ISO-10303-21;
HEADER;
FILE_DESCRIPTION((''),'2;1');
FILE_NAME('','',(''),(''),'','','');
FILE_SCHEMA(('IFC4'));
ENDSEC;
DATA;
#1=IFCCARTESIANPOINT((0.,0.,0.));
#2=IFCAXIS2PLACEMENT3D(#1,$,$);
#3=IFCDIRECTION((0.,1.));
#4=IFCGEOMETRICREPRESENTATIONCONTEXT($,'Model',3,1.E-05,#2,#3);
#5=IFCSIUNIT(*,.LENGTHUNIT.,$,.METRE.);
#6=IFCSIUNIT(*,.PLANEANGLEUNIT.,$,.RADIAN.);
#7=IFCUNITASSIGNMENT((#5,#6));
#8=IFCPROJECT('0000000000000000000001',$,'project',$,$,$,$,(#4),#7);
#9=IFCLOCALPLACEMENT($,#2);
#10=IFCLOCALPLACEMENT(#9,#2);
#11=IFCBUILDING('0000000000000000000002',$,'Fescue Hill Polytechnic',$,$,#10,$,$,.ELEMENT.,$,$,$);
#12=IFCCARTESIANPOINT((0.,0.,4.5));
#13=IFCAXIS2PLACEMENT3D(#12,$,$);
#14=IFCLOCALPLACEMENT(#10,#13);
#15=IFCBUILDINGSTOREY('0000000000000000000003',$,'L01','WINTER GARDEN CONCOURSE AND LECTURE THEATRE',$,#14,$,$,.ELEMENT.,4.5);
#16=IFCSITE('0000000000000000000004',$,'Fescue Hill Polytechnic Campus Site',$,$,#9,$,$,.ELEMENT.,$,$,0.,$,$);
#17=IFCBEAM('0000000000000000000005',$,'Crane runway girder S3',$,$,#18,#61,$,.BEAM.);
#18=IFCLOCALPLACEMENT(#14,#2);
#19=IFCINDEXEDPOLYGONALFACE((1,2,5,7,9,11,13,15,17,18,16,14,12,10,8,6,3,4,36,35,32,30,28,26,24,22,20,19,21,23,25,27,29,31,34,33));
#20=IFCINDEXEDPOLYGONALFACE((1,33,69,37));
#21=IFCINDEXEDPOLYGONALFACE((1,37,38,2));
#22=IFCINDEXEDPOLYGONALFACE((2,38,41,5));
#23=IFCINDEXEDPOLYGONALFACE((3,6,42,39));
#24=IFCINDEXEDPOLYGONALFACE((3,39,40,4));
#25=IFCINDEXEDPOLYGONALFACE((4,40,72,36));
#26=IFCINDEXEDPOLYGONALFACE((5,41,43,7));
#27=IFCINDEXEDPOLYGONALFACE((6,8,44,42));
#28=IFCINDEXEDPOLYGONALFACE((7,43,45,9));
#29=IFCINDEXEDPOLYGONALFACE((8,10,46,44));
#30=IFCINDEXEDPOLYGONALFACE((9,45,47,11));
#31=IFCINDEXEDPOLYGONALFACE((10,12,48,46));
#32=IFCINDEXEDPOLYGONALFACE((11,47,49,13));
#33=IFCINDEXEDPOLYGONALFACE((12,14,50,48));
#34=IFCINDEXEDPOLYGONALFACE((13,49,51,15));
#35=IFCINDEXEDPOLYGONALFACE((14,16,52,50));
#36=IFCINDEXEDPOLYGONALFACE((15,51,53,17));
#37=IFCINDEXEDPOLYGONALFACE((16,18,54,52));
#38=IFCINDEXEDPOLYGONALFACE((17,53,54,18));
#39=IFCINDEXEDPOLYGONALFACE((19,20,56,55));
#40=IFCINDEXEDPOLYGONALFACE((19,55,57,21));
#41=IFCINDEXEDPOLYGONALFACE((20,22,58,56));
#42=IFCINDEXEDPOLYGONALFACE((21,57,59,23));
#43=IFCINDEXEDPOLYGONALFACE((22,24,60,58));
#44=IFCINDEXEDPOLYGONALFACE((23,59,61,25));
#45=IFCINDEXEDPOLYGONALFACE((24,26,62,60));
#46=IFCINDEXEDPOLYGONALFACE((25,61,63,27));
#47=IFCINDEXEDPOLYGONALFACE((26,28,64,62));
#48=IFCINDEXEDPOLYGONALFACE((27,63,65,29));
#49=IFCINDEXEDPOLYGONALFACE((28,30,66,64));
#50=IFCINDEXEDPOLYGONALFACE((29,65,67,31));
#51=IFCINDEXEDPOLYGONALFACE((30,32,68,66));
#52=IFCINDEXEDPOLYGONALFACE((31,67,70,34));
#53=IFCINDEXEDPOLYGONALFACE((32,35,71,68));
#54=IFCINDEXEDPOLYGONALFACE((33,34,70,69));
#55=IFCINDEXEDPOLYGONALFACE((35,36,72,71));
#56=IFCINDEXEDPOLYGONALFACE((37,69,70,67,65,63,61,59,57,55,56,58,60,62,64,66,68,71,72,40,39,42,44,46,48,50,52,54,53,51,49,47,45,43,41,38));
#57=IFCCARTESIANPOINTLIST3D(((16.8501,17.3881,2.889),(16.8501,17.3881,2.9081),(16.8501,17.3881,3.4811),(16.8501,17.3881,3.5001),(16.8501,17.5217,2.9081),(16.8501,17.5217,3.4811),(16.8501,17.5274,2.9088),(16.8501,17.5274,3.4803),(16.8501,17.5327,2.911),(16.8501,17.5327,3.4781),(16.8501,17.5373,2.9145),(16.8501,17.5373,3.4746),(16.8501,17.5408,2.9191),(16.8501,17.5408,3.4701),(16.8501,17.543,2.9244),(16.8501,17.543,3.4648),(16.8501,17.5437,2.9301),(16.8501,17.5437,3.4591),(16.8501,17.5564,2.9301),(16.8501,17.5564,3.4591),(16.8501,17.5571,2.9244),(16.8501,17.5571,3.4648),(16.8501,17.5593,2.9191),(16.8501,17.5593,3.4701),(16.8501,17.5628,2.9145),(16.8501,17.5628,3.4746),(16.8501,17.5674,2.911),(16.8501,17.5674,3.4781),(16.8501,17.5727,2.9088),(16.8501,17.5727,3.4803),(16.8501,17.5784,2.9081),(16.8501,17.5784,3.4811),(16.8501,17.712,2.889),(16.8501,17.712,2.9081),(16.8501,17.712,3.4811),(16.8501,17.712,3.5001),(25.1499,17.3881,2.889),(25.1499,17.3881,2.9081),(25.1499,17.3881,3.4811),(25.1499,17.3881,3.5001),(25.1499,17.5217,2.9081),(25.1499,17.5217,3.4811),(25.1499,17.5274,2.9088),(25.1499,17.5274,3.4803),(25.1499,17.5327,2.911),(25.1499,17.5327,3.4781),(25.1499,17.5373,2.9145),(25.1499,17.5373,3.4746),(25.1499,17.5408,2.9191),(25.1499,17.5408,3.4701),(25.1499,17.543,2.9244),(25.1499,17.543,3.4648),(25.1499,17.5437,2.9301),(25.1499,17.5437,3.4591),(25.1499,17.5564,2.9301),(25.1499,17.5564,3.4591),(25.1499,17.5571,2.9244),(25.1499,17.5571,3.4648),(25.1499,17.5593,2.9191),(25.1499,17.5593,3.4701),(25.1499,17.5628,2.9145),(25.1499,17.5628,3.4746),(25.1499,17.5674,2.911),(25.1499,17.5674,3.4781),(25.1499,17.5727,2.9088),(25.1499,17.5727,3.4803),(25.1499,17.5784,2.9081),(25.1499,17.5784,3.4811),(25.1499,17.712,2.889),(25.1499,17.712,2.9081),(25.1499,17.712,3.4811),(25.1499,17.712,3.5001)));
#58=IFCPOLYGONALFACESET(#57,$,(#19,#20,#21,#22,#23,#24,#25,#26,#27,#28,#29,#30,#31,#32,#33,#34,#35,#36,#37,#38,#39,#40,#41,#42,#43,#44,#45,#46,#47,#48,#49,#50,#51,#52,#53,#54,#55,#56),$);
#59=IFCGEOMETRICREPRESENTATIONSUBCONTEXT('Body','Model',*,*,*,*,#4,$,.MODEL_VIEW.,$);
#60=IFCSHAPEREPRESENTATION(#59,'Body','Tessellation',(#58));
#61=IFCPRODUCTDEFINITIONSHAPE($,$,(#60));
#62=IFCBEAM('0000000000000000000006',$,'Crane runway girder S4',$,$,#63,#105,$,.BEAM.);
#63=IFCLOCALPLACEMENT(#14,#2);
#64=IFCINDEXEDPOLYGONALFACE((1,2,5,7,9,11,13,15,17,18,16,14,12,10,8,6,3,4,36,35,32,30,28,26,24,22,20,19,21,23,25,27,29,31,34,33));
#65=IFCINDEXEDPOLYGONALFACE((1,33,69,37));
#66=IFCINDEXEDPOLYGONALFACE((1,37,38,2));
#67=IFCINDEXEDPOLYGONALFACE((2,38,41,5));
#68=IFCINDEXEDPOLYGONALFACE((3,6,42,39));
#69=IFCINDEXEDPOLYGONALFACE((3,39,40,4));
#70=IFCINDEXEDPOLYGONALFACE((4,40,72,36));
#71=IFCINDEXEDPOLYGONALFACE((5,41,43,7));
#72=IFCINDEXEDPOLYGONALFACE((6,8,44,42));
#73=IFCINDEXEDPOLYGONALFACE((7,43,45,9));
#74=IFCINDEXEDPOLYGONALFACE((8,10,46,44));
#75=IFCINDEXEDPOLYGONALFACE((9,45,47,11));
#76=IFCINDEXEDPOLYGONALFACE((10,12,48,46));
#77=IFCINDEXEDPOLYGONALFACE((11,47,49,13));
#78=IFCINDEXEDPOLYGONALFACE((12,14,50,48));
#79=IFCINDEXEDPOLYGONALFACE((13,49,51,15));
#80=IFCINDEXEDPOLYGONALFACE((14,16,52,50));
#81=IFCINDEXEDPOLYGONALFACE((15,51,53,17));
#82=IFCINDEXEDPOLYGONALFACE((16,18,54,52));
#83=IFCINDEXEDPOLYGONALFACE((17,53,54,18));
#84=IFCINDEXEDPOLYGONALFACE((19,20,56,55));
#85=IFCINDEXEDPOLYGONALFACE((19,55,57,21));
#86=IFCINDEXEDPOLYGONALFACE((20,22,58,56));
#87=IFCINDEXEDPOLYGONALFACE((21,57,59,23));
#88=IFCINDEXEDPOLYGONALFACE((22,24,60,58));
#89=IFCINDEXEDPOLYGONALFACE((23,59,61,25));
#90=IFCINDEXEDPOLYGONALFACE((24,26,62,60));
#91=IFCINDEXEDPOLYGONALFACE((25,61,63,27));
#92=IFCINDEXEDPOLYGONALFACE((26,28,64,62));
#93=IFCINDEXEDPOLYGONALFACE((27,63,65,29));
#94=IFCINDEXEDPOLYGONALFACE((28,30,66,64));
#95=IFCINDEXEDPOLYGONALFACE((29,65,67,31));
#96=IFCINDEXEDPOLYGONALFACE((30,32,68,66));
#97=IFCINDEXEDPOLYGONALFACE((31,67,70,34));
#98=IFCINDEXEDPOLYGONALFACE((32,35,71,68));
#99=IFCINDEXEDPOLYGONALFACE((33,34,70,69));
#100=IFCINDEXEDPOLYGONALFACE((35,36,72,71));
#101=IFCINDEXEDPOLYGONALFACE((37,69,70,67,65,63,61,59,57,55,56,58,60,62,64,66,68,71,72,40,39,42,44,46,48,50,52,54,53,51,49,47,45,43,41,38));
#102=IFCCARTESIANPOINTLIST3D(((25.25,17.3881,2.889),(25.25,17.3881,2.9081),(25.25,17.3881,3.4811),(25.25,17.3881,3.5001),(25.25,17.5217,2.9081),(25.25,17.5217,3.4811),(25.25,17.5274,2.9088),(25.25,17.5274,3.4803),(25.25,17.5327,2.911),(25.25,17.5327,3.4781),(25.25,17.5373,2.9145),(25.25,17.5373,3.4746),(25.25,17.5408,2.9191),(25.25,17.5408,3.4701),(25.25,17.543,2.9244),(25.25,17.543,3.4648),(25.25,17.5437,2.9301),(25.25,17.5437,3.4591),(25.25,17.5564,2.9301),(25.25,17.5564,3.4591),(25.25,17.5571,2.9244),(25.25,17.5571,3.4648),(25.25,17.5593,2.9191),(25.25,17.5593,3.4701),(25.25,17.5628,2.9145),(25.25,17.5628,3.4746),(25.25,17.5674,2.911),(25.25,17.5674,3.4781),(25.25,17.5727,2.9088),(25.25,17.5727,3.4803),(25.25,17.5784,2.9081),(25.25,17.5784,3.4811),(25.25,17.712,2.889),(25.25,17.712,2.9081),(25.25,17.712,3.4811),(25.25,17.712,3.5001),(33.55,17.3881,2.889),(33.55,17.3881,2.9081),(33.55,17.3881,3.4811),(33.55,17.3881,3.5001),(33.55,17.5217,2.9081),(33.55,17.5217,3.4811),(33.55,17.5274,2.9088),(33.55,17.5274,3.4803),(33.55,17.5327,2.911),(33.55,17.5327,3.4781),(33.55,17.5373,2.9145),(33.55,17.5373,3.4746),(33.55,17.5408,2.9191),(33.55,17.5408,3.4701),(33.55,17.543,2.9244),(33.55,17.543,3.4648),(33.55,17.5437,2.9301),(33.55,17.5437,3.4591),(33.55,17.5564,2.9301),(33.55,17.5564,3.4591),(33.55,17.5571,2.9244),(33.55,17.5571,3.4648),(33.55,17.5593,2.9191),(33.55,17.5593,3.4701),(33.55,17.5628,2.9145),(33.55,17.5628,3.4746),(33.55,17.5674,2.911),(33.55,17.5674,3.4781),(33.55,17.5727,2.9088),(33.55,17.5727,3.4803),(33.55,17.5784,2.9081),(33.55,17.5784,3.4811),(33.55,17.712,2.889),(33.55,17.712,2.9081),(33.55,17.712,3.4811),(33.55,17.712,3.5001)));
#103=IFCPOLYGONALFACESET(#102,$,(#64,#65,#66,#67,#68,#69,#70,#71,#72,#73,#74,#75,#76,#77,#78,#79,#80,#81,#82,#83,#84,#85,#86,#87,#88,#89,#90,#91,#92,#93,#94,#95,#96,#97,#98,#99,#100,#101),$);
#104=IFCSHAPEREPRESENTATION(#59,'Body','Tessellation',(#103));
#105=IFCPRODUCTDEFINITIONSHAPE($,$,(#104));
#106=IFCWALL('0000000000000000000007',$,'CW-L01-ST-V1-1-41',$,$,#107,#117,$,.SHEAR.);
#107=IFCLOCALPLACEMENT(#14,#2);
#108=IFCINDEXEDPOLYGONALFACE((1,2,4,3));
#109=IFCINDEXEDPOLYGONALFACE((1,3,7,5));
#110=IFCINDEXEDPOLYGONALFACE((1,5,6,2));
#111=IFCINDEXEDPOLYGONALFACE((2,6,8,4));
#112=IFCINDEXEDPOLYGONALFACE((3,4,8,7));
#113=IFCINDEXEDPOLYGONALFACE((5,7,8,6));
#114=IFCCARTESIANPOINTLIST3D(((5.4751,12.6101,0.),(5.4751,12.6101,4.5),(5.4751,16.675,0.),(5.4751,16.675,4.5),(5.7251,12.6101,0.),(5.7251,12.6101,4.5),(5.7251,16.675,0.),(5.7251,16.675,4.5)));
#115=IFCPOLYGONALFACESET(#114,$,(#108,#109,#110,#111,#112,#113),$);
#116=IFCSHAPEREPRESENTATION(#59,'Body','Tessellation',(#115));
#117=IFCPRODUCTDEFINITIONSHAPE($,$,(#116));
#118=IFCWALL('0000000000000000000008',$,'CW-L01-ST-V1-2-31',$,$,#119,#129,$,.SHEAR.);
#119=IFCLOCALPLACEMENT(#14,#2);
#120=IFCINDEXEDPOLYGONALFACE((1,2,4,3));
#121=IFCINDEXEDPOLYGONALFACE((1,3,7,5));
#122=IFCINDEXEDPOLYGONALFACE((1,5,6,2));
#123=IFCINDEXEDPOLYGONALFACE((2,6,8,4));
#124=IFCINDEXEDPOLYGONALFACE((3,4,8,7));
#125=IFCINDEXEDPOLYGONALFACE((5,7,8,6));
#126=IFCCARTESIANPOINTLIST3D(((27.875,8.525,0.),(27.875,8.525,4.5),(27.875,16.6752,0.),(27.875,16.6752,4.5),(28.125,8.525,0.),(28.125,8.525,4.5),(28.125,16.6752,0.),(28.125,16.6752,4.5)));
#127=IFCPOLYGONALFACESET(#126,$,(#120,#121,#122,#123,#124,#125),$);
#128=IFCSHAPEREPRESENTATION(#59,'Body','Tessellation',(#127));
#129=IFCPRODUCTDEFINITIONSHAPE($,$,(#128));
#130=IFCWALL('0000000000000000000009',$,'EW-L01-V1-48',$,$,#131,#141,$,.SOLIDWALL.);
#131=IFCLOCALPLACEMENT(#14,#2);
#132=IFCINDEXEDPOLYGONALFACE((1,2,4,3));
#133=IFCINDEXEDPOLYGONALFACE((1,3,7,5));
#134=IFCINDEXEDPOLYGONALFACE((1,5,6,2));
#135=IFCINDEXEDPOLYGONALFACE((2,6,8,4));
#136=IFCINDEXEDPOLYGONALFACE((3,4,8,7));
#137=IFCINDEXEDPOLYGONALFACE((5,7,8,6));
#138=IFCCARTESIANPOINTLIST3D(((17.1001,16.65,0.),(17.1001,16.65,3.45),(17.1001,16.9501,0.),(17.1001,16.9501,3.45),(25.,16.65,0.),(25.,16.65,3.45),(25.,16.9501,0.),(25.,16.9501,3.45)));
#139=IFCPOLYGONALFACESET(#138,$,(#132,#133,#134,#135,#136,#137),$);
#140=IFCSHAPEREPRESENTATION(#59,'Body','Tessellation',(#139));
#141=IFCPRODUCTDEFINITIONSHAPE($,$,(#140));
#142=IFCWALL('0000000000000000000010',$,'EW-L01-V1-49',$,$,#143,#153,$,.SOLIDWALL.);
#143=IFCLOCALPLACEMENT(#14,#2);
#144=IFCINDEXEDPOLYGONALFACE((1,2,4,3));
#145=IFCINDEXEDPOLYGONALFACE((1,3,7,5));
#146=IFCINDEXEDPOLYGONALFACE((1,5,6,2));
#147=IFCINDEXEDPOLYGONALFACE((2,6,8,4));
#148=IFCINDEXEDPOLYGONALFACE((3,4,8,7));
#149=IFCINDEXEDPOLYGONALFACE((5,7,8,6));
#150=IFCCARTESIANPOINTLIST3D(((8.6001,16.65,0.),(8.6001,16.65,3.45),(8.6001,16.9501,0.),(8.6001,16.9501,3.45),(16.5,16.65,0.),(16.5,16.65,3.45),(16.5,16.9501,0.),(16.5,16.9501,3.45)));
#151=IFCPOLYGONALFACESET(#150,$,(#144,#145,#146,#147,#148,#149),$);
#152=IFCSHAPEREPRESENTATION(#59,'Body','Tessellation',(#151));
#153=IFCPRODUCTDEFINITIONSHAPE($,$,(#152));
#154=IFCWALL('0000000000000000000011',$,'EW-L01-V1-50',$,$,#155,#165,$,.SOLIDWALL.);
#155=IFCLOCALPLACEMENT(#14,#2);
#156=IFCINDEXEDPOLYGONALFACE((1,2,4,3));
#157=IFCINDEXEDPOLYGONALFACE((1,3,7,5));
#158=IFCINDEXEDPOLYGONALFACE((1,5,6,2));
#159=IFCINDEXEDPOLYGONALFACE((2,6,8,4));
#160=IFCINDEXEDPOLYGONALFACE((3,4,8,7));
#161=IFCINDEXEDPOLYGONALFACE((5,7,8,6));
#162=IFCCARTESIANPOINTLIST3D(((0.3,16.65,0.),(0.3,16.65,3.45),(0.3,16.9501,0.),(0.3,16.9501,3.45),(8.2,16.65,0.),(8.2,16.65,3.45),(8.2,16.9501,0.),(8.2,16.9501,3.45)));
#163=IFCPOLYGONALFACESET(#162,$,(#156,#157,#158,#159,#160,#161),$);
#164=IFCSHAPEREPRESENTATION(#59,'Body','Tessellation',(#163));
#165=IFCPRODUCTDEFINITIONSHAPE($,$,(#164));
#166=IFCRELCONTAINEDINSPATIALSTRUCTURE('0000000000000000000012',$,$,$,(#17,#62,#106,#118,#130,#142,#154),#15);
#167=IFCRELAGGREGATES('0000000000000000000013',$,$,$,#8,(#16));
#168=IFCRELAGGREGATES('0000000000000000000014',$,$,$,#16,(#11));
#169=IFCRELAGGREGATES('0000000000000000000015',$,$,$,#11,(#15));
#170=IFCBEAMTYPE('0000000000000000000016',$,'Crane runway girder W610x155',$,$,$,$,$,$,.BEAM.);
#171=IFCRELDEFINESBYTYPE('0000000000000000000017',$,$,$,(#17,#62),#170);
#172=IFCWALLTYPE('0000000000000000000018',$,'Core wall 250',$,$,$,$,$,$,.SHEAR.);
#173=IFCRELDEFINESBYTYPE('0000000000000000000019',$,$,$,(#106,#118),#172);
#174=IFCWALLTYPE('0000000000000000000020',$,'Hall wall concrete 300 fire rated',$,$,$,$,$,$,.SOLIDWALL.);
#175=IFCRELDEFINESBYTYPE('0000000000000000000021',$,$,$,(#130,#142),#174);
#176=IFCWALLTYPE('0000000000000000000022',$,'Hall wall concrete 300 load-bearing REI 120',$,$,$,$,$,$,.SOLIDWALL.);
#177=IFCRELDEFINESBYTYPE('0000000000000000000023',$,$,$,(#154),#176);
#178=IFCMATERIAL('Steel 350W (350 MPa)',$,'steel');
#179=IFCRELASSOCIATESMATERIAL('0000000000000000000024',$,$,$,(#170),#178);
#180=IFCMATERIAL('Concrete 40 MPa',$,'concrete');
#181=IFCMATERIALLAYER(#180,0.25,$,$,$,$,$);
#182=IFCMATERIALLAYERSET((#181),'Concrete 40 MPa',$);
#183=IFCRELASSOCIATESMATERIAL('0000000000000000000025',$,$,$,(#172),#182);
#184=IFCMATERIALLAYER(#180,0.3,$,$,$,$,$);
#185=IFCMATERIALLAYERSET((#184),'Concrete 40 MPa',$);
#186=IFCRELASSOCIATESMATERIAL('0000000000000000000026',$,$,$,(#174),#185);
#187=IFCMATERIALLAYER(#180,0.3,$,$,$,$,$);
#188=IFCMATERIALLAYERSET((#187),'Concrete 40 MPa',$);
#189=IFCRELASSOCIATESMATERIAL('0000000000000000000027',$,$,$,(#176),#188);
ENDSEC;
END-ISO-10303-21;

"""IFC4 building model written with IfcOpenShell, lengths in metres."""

from ifc_helpers import new_model, si_unit, direction, frame, frame_2d, origin, origin_2d, place, context, subcontext, project, spatial, rectangle, i_section, extrude, material, layer, layer_set, material_profile, profile_set, type_object, element, save


model = new_model("IFC4")

# Units and contexts
model_context = context("Model", 3, precision=1e-05, world=origin(), true_north=direction((0.0, 1.0)))
body_context = subcontext(model_context, "Body", "Model", "MODEL_VIEW")
ifc_project = project(units=[si_unit("LENGTHUNIT", "METRE"), si_unit("PLANEANGLEUNIT", "RADIAN")], contexts=[model_context])

# Site, building, storey
site_placement = place(None, origin())
site = spatial("IfcSite", under=ifc_project, at=site_placement, Name="Fescue Hill Polytechnic Campus Site", CompositionType="ELEMENT", RefElevation=0.0)
building_placement = place(site_placement, origin())
building = spatial("IfcBuilding", under=site, at=building_placement, Name="Fescue Hill Polytechnic", CompositionType="ELEMENT")
storey_placement = place(building_placement, frame((0.0, 0.0, 4.5)))
storey = spatial("IfcBuildingStorey", under=building, at=storey_placement, Name="L01", Description="WINTER GARDEN CONCOURSE AND LECTURE THEATRE", CompositionType="ELEMENT", Elevation=4.5)

# Shared definitions
ifc_material_1 = material(Name="Concrete 40 MPa", Category="concrete")

# Beams
ifc_material_2 = material(Name="Steel 350W (350 MPa)", Category="steel")
ifc_material_profile_1 = material_profile(ifc_material_2, i_section(OverallWidth=0.324, OverallDepth=0.6111, WebThickness=0.0127, FlangeThickness=0.019, FilletRadius=0.022, at=origin_2d()), Name="W610x155")
ifc_profile_set_1 = profile_set([ifc_material_profile_1], Name="Steel 350W (350 MPa)")
beam_type_1 = type_object("IfcBeamType", Name="Crane runway girder W610x155", PredefinedType="BEAM", material=ifc_profile_set_1)
beam_1_placement = place(storey_placement, frame((16.8501, 17.55, 3.1946), z_axis=(1.0, 0.0, 0.0), x_axis=(0.0, 1.0, 0.0)))
element("IfcBeam", 1, at=beam_1_placement, inside=storey, type_object=beam_type_1, Name="Crane runway girder S3", PredefinedType="BEAM", context=body_context, shape_type="SweptSolid", body=[
    extrude(i_section(OverallWidth=0.324, OverallDepth=0.6111, WebThickness=0.0127, FlangeThickness=0.019, FilletRadius=0.022, at=origin_2d()), origin(), (0.0, 0.0, 1.0), 8.2998),
])
beam_2_placement = place(storey_placement, frame((25.25, 17.55, 3.1946), z_axis=(1.0, 0.0, 0.0), x_axis=(0.0, 1.0, 0.0)))
element("IfcBeam", 2, at=beam_2_placement, inside=storey, type_object=beam_type_1, Name="Crane runway girder S4", PredefinedType="BEAM", context=body_context, shape_type="SweptSolid", body=[
    extrude(i_section(OverallWidth=0.324, OverallDepth=0.6111, WebThickness=0.0127, FlangeThickness=0.019, FilletRadius=0.022, at=origin_2d()), origin(), (0.0, 0.0, 1.0), 8.3),
])

# Walls
ifc_layer_1 = layer(ifc_material_1, 0.25)
ifc_layer_set_1 = layer_set([ifc_layer_1], Name="Concrete 40 MPa")
wall_type_1 = type_object("IfcWallType", Name="Core wall 250", PredefinedType="SHEAR", material=ifc_layer_set_1)
wall_1_placement = place(storey_placement, frame((5.6001, 12.6101, 0.0), z_axis=(0.0, 0.0, 1.0), x_axis=(0.0, 1.0, 0.0)))
element("IfcWall", 3, at=wall_1_placement, inside=storey, type_object=wall_type_1, Name="CW-L01-ST-V1-1-41", PredefinedType="SHEAR", context=body_context, shape_type="SweptSolid", body=[
    extrude(rectangle(XDim=4.0649, YDim=0.25, at=frame_2d((2.0325, 0.0))), origin(), (0.0, 0.0, 1.0), 4.5),
])
wall_2_placement = place(storey_placement, frame((28.0, 8.5249, 0.0), z_axis=(0.0, 0.0, 1.0), x_axis=(0.0, 1.0, 0.0)))
element("IfcWall", 4, at=wall_2_placement, inside=storey, type_object=wall_type_1, Name="CW-L01-ST-V1-2-31", PredefinedType="SHEAR", context=body_context, shape_type="SweptSolid", body=[
    extrude(rectangle(XDim=8.1501, YDim=0.25, at=frame_2d((4.0752, 0.0))), origin(), (0.0, 0.0, 1.0), 4.5),
])
ifc_layer_2 = layer(ifc_material_1, 0.3)
ifc_layer_set_2 = layer_set([ifc_layer_2], Name="Concrete 40 MPa")
wall_type_2 = type_object("IfcWallType", Name="Hall wall concrete 300 fire rated", PredefinedType="SOLIDWALL", material=ifc_layer_set_2)
for number, where, z_axis, x_axis, name in (
    (5, (25.0, 16.8, 0.0), (0.0, 0.0, 1.0), (-1.0, 0.0, 0.0), "EW-L01-V1-48"),
    (6, (16.5, 16.8, 0.0), (0.0, 0.0, 1.0), (-1.0, 0.0, 0.0), "EW-L01-V1-49"),
):
    element("IfcWall", number, at=place(storey_placement, frame(where, z_axis=z_axis, x_axis=x_axis)), inside=storey, type_object=wall_type_2, Name=name, PredefinedType="SOLIDWALL", context=body_context, shape_type="SweptSolid", body=[
        extrude(rectangle(XDim=7.8999, YDim=0.3, at=frame_2d((3.95, 0.0))), origin(), (0.0, 0.0, 1.0), 3.45),
    ])
ifc_layer_3 = layer(ifc_material_1, 0.3)
ifc_layer_set_3 = layer_set([ifc_layer_3], Name="Concrete 40 MPa")
wall_type_3 = type_object("IfcWallType", Name="Hall wall concrete 300 load-bearing REI 120", PredefinedType="SOLIDWALL", material=ifc_layer_set_3)
wall_3_placement = place(storey_placement, frame((8.2, 16.8, 0.0), z_axis=(0.0, 0.0, 1.0), x_axis=(-1.0, 0.0, 0.0)))
element("IfcWall", 7, at=wall_3_placement, inside=storey, type_object=wall_type_3, Name="EW-L01-V1-50", PredefinedType="SOLIDWALL", context=body_context, shape_type="SweptSolid", body=[
    extrude(rectangle(XDim=7.8999, YDim=0.3, at=frame_2d((3.95, 0.0))), origin(), (0.0, 0.0, 1.0), 3.45),
])

save(model, "model.ifc")
